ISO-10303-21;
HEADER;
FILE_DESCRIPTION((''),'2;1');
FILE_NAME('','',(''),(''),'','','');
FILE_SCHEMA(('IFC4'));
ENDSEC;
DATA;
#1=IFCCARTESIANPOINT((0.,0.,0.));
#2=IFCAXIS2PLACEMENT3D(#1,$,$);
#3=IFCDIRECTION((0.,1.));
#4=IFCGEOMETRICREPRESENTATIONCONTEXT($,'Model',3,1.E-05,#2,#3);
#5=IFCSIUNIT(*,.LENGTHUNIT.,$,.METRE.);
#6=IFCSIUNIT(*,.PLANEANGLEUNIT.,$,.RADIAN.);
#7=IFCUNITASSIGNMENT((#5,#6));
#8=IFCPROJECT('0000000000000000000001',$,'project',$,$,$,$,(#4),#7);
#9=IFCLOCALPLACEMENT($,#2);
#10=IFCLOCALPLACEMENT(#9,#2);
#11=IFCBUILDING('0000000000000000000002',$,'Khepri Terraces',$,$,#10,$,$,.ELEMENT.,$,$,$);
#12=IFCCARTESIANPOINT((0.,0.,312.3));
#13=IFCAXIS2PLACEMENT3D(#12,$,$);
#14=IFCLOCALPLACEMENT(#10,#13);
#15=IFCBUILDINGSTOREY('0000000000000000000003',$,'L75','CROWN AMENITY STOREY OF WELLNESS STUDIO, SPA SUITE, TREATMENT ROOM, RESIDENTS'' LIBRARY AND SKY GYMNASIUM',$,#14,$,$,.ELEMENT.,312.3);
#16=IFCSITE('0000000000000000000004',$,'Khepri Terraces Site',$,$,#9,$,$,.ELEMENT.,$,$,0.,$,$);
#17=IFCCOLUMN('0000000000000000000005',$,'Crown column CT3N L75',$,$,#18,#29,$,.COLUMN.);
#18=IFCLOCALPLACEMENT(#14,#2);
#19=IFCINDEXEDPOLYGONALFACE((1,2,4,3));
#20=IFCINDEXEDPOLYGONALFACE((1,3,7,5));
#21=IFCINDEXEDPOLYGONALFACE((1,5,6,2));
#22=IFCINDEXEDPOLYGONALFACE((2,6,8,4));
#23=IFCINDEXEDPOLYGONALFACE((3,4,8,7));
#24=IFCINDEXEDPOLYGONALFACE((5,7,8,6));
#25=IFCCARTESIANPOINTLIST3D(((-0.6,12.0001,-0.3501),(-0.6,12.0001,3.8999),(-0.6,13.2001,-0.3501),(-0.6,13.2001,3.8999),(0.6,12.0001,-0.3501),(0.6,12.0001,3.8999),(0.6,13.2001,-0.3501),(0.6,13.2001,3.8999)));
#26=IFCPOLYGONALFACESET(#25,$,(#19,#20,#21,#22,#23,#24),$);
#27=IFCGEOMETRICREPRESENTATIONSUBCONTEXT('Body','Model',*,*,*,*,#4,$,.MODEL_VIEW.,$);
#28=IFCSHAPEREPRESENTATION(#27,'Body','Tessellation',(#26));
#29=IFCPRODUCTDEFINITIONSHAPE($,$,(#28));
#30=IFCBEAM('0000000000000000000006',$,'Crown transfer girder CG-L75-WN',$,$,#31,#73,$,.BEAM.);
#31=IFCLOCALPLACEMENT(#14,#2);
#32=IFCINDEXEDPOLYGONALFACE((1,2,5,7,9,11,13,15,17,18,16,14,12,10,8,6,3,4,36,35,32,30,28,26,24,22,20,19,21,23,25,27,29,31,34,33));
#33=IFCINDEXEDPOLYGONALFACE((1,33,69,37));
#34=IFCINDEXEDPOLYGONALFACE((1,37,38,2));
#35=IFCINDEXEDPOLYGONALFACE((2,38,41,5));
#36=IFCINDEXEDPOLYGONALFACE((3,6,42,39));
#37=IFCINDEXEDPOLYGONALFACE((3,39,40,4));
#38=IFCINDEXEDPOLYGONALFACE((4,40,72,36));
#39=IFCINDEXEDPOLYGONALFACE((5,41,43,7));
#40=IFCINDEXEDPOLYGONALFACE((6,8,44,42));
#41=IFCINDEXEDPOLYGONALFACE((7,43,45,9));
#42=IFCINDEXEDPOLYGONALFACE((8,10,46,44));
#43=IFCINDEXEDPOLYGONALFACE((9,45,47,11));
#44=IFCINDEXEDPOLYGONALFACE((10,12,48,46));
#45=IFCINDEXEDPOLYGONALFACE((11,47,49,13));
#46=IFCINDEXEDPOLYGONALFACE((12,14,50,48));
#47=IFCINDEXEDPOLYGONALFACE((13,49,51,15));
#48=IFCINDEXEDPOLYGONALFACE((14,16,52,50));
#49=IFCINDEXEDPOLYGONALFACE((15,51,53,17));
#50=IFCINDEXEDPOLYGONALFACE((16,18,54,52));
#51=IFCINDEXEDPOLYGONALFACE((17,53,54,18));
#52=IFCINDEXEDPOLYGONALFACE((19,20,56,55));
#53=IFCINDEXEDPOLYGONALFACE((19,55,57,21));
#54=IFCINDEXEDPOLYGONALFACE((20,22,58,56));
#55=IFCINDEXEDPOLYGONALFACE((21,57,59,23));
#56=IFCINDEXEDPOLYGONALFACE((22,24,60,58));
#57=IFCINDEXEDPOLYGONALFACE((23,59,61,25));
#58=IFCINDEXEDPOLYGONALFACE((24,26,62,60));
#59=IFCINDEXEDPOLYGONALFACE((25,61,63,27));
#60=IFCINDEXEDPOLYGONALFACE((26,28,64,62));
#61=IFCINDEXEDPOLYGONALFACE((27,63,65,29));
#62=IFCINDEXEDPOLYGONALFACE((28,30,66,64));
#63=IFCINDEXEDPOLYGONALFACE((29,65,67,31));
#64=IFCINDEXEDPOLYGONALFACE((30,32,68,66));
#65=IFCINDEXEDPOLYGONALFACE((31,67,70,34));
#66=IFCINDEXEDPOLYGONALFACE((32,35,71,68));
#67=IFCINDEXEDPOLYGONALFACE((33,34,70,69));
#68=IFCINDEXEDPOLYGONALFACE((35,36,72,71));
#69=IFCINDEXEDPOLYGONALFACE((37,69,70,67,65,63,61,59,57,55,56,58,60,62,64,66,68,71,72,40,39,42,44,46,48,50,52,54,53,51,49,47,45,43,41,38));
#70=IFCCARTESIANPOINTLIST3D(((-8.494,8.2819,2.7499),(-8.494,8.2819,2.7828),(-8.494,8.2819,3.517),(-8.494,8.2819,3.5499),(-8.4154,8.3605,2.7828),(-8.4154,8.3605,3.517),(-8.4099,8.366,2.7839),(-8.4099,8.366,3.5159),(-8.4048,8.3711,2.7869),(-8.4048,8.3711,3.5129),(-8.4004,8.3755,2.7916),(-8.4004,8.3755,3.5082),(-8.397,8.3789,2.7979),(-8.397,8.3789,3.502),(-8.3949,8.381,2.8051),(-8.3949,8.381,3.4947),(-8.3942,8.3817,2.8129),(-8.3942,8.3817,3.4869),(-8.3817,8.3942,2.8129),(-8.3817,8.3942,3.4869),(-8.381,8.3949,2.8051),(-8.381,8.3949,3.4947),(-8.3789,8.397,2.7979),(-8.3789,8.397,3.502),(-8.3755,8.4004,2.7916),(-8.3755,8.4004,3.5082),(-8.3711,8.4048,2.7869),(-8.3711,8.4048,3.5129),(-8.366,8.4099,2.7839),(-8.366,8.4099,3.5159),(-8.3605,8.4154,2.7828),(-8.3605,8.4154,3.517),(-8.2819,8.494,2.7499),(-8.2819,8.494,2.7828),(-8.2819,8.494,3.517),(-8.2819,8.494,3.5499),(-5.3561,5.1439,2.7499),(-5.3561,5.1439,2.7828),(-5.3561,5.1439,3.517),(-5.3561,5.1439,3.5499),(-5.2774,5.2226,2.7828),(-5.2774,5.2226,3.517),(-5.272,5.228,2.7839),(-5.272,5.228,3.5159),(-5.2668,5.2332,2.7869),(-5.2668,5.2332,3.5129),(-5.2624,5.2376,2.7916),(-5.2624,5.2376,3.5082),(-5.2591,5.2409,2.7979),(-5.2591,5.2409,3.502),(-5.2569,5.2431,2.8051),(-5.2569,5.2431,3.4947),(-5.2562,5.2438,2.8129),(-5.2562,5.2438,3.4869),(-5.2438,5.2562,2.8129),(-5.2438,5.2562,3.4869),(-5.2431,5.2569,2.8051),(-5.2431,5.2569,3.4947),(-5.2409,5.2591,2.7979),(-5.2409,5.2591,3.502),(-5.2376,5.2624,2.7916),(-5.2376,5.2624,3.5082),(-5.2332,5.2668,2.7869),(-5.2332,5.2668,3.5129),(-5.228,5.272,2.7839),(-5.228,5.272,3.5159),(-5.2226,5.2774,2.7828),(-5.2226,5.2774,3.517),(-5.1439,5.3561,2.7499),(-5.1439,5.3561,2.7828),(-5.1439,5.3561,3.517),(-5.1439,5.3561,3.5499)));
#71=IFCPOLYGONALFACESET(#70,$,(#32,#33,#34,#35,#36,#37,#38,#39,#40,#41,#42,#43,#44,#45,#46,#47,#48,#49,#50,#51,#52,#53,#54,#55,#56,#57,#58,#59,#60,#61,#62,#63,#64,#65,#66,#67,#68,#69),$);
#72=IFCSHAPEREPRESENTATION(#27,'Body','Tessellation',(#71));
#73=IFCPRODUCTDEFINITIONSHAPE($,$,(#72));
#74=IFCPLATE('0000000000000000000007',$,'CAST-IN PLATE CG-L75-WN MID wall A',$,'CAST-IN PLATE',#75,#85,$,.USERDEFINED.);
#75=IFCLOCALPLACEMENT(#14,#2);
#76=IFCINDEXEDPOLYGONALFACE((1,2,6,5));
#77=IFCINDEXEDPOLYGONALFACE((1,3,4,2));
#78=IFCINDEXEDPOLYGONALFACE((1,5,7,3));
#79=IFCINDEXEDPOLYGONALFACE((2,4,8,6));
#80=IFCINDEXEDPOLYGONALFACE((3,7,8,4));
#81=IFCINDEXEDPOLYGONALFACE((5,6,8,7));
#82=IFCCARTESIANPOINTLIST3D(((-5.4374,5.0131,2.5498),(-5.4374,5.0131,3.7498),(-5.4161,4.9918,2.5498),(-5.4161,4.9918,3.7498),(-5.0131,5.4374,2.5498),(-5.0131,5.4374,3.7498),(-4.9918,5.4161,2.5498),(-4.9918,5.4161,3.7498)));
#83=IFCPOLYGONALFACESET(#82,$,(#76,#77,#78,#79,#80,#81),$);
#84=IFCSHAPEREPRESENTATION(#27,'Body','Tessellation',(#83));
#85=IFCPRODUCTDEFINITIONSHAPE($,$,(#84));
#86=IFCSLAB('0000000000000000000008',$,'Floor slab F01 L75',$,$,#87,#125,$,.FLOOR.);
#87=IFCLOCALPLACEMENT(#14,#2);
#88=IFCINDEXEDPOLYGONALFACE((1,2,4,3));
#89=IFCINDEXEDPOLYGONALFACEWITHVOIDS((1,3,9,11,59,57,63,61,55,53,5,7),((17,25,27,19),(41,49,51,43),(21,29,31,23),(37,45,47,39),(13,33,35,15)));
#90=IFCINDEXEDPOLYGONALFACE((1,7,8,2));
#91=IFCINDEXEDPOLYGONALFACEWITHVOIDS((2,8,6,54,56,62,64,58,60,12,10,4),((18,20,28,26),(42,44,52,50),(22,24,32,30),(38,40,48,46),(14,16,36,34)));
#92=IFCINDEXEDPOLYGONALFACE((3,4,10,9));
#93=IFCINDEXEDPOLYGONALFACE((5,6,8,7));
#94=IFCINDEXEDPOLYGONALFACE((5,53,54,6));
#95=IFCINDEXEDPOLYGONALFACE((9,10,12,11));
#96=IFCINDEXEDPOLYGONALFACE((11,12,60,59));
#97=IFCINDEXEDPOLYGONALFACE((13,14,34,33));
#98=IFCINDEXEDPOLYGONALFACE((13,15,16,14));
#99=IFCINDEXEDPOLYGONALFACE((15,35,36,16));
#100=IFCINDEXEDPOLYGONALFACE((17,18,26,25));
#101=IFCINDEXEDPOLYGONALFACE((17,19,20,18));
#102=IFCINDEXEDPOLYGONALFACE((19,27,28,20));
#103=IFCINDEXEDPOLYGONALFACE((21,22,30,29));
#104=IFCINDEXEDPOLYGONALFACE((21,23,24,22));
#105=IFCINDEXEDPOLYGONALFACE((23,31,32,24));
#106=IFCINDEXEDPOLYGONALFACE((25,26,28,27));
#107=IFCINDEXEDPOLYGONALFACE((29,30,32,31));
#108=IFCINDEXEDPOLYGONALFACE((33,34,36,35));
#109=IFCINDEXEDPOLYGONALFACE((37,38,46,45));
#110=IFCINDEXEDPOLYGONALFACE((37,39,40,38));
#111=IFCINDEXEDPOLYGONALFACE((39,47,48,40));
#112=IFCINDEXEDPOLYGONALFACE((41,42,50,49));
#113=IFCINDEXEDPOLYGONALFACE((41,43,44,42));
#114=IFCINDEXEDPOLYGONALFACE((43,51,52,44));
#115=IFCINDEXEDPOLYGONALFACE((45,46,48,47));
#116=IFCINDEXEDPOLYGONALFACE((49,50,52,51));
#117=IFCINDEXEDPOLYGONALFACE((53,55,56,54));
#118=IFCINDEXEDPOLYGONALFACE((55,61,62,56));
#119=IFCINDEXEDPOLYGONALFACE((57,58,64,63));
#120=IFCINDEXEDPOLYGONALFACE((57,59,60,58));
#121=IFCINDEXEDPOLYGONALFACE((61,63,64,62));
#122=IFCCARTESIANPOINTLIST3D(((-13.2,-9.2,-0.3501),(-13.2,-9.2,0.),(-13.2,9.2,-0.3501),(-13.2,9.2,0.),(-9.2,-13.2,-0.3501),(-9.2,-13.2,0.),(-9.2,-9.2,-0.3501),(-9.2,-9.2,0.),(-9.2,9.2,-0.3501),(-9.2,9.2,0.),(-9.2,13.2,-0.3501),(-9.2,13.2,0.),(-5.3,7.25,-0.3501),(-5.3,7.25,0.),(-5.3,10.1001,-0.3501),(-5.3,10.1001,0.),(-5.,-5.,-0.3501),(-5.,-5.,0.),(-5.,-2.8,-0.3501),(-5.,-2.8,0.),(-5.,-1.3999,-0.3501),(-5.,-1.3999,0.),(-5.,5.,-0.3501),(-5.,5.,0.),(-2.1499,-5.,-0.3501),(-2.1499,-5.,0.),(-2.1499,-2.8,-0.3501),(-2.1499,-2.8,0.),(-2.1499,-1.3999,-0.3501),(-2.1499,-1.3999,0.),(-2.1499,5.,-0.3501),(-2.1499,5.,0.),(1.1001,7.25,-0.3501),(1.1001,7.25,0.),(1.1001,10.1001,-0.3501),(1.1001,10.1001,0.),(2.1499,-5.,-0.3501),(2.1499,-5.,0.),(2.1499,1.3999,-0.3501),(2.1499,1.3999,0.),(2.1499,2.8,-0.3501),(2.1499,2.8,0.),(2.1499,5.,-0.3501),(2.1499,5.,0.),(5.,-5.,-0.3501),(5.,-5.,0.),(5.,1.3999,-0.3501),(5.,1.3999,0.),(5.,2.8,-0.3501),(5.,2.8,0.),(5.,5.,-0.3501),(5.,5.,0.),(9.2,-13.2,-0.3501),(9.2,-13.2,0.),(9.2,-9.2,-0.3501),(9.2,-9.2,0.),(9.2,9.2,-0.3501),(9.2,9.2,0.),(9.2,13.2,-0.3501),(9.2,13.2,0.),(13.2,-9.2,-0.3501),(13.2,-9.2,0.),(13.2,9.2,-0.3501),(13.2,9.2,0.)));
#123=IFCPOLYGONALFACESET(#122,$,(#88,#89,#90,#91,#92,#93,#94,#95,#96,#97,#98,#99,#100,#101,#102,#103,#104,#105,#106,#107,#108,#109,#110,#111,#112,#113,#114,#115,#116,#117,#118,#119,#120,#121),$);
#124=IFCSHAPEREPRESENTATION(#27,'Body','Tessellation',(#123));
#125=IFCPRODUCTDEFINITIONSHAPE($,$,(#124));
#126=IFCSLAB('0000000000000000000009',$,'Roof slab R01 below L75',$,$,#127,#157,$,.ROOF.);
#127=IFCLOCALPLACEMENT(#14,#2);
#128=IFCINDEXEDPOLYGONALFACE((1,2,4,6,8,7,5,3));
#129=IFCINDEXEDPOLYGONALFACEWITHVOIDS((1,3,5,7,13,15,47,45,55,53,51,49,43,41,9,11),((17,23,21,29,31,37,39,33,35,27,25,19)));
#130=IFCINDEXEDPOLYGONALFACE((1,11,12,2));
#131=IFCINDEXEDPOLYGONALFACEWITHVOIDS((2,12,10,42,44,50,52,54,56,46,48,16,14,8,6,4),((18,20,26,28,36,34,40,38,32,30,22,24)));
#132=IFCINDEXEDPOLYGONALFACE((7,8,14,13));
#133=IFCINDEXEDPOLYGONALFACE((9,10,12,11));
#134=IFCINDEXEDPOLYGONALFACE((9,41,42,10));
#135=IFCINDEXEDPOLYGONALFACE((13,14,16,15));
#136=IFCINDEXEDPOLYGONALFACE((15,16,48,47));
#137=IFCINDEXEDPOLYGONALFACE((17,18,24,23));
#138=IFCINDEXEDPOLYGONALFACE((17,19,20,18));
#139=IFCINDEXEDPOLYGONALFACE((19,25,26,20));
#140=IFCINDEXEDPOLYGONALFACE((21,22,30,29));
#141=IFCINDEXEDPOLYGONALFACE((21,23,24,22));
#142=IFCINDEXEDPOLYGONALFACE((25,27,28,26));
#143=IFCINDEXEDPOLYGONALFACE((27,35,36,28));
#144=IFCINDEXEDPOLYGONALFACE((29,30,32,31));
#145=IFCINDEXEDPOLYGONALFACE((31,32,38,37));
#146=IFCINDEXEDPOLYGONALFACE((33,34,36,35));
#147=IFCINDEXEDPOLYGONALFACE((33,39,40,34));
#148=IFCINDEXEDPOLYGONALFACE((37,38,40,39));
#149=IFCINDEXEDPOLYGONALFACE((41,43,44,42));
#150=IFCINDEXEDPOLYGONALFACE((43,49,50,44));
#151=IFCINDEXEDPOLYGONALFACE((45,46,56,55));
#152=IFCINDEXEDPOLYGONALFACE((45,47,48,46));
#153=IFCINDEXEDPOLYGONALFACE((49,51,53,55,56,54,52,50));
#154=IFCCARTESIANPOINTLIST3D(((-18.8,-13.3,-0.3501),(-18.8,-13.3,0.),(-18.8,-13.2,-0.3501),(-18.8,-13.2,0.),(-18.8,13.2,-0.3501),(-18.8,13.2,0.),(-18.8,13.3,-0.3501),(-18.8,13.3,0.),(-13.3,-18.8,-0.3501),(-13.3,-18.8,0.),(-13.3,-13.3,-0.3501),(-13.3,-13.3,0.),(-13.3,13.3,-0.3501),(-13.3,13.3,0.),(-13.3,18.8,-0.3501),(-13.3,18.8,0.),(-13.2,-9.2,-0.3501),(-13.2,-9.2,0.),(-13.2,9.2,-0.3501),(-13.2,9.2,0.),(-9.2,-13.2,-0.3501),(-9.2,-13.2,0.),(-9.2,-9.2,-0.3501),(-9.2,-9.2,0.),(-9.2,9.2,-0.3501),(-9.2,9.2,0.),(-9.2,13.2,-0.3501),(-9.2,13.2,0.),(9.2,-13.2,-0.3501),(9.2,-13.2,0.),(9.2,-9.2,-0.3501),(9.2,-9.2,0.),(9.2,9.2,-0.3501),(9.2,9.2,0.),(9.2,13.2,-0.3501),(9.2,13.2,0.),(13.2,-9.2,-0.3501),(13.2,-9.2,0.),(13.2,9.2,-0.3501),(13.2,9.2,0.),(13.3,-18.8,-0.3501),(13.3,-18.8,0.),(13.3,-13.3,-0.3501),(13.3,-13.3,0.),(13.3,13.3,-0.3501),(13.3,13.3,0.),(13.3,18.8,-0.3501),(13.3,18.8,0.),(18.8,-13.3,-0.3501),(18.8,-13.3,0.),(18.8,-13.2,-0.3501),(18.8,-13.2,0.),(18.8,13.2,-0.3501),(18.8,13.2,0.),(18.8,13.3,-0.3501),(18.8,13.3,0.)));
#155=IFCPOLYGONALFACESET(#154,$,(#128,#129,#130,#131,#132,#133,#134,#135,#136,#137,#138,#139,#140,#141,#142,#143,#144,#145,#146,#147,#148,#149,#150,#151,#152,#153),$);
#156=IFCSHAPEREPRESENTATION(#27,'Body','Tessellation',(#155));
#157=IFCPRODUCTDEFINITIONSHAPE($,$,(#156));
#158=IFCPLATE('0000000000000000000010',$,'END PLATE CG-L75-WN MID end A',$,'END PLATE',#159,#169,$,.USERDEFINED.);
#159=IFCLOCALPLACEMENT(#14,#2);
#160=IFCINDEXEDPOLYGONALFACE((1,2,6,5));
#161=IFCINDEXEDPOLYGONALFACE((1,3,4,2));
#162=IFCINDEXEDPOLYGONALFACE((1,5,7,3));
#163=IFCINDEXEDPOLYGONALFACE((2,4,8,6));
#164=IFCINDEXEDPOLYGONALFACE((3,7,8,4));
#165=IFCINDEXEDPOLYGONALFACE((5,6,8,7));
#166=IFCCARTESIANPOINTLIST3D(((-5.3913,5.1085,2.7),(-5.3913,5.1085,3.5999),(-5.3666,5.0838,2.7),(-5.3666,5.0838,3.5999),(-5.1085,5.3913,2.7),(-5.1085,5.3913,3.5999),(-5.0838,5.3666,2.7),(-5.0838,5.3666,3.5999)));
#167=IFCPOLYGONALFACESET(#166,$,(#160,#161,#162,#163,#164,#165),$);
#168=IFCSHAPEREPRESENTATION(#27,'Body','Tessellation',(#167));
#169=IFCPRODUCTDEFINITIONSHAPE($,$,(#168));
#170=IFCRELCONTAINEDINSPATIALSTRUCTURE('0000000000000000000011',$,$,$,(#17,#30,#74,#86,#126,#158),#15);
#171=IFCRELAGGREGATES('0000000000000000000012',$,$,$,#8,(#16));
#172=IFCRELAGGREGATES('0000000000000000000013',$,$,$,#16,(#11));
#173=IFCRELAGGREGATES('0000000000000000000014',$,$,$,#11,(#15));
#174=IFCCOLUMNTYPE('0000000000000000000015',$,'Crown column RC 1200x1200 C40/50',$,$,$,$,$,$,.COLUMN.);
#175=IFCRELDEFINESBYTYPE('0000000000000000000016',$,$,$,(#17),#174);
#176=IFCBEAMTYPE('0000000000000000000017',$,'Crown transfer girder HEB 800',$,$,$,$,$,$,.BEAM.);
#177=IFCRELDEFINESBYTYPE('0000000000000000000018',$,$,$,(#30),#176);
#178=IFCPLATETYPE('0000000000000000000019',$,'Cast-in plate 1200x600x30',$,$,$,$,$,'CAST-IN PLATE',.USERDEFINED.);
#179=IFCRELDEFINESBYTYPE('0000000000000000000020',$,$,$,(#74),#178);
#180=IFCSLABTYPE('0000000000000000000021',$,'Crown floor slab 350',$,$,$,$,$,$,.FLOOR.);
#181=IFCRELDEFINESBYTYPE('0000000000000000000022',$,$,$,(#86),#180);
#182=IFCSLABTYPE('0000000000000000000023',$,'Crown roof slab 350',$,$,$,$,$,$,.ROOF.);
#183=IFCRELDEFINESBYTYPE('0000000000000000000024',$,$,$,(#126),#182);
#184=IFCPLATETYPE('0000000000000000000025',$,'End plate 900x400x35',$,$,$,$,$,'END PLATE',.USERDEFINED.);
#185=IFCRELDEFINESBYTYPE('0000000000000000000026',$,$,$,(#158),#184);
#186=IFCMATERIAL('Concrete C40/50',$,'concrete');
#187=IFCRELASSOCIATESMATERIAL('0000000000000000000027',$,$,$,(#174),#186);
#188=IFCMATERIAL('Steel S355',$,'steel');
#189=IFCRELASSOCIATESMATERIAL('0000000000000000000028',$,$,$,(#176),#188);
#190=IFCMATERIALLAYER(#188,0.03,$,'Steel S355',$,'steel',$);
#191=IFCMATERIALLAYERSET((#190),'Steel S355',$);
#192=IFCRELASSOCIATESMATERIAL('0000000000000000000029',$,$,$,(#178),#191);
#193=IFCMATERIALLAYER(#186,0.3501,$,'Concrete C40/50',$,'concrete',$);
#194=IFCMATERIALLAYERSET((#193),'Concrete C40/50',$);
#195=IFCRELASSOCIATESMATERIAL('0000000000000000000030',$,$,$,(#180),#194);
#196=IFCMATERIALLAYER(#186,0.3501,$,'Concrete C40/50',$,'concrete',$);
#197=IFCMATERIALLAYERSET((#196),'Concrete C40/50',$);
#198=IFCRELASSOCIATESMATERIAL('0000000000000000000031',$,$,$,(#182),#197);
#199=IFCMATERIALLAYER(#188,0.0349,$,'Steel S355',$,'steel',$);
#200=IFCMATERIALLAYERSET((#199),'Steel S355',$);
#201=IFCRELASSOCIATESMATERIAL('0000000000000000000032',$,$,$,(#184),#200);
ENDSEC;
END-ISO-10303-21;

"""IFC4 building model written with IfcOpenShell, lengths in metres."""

from ifc_helpers import new_model, si_unit, direction, frame, origin, origin_2d, place, context, subcontext, project, spatial, polyline, rectangle, i_section, outline, extrude, material, layer, layer_set, material_profile, profile_set, type_object, element, save


model = new_model("IFC4")

# Units and contexts
model_context = context("Model", 3, precision=1e-05, world=origin(), true_north=direction((0.0, 1.0)))
body_context = subcontext(model_context, "Body", "Model", "MODEL_VIEW")
ifc_project = project(units=[si_unit("LENGTHUNIT", "METRE"), si_unit("PLANEANGLEUNIT", "RADIAN")], contexts=[model_context])

# Site, building, storey
site_placement = place(None, origin())
site = spatial("IfcSite", under=ifc_project, at=site_placement, Name="Khepri Terraces Site", CompositionType="ELEMENT", RefElevation=0.0)
building_placement = place(site_placement, origin())
building = spatial("IfcBuilding", under=site, at=building_placement, Name="Khepri Terraces", CompositionType="ELEMENT")
storey_placement = place(building_placement, frame((0.0, 0.0, 312.3)))
storey = spatial("IfcBuildingStorey", under=building, at=storey_placement, Name="L75", Description="CROWN AMENITY STOREY OF WELLNESS STUDIO, SPA SUITE, TREATMENT ROOM, RESIDENTS' LIBRARY AND SKY GYMNASIUM", CompositionType="ELEMENT", Elevation=312.3)

# Column
ifc_material_1 = material(Name="Concrete C40/50", Category="concrete")
ifc_material_profile_1 = material_profile(ifc_material_1, rectangle(XDim=1.2, YDim=1.2, at=origin_2d()), Name="Concrete C40/50", Category="concrete")
ifc_profile_set_1 = profile_set([ifc_material_profile_1], Name="Concrete C40/50")
column_type = type_object("IfcColumnType", Name="Crown column RC 1200x1200 C40/50", PredefinedType="COLUMN", material=ifc_profile_set_1)
column_placement = place(storey_placement, frame((0.0, 12.6001, -0.3501), z_axis=(0.0, 0.0, 1.0), x_axis=(1.0, 0.0, 0.0)))
element("IfcColumn", 1, at=column_placement, inside=storey, type_object=column_type, Name="Crown column CT3N L75", PredefinedType="COLUMN", context=body_context, shape_type="SweptSolid", body=[
    extrude(rectangle(XDim=1.2, YDim=1.2, at=origin_2d()), origin(), (0.0, 0.0, 1.0), 4.25),
])

# Beam
ifc_material_2 = material(Name="Steel S355", Category="steel")
ifc_material_profile_2 = material_profile(ifc_material_2, i_section(OverallWidth=0.3, OverallDepth=0.8, WebThickness=0.0176, FlangeThickness=0.033, FilletRadius=0.03, at=origin_2d()), Name="Steel S355", Category="steel")
ifc_profile_set_2 = profile_set([ifc_material_profile_2], Name="Steel S355")
beam_type = type_object("IfcBeamType", Name="Crown transfer girder HEB 800", PredefinedType="BEAM", material=ifc_profile_set_2)
beam_placement = place(storey_placement, frame((-5.25, 5.25, 3.1499), z_axis=(-0.707107, 0.707107, 0.0), x_axis=(-0.707107, -0.707107, 0.0)))
element("IfcBeam", 2, at=beam_placement, inside=storey, type_object=beam_type, Name="Crown transfer girder CG-L75-WN", PredefinedType="BEAM", context=body_context, shape_type="SweptSolid", body=[
    extrude(i_section(OverallWidth=0.3, OverallDepth=0.8, WebThickness=0.0176, FlangeThickness=0.033, FilletRadius=0.03, at=origin_2d()), origin(), (0.0, 0.0, 1.0), 4.4377),
])

# Plate
ifc_layer_1 = layer(ifc_material_2, 0.03, Name="Steel S355", Category="steel")
ifc_layer_set_1 = layer_set([ifc_layer_1], Name="Steel S355")
plate_type_1 = type_object("IfcPlateType", Name="Cast-in plate 1200x600x30", ElementType="CAST-IN PLATE", PredefinedType="USERDEFINED", material=ifc_layer_set_1)
plate_1_placement = place(storey_placement, frame((-5.2146, 5.2146, 2.5498), z_axis=(0.0, 0.0, 1.0), x_axis=(-0.707107, 0.707107, 0.0)))
element("IfcPlate", 3, at=plate_1_placement, inside=storey, type_object=plate_type_1, Name="CAST-IN PLATE CG-L75-WN MID wall A", ObjectType="CAST-IN PLATE", PredefinedType="USERDEFINED", context=body_context, shape_type="SweptSolid", body=[
    extrude(rectangle(XDim=0.03, YDim=0.6001, at=origin_2d()), origin(), (0.0, 0.0, 1.0), 1.2),
])

# Slabs
ifc_layer_2 = layer(ifc_material_1, 0.3501, Name="Concrete C40/50", Category="concrete")
ifc_layer_set_2 = layer_set([ifc_layer_2], Name="Concrete C40/50")
slab_type_1 = type_object("IfcSlabType", Name="Crown floor slab 350", PredefinedType="FLOOR", material=ifc_layer_set_2)
slab_1_placement = place(storey_placement, frame((0.0, 0.0, -0.3501)))
element("IfcSlab", 4, at=slab_1_placement, inside=storey, type_object=slab_type_1, Name="Floor slab F01 L75", PredefinedType="FLOOR", context=body_context, shape_type="SweptSolid", body=[
    extrude(outline(polyline([(-13.2, -9.2), (-13.2, 9.2), (-9.2, 9.2), (-9.2, 13.2), (9.2, 13.2), (9.2, 9.2), (13.2, 9.2), (13.2, -9.2), (9.2, -9.2), (9.2, -13.2), (-9.2, -13.2), (-9.2, -9.2), (-13.2, -9.2)]), holes=[polyline([(5.0, 5.0), (2.1499, 5.0), (2.1499, 2.8), (5.0, 2.8), (5.0, 5.0)]), polyline([(-2.1499, -5.0), (-2.1499, -2.8), (-5.0, -2.8), (-5.0, -5.0), (-2.1499, -5.0)]), polyline([(-5.0, -1.3999), (-2.1499, -1.3999), (-2.1499, 5.0), (-5.0, 5.0), (-5.0, -1.3999)]), polyline([(5.0, -5.0), (5.0, 1.3999), (2.1499, 1.3999), (2.1499, -5.0), (5.0, -5.0)]), polyline([(-5.3, 10.1001), (-5.3, 7.25), (1.1001, 7.25), (1.1001, 10.1001), (-5.3, 10.1001)])]), origin(), (0.0, 0.0, 1.0), 0.3501),
])
ifc_layer_3 = layer(ifc_material_1, 0.3501, Name="Concrete C40/50", Category="concrete")
ifc_layer_set_3 = layer_set([ifc_layer_3], Name="Concrete C40/50")
slab_type_2 = type_object("IfcSlabType", Name="Crown roof slab 350", PredefinedType="ROOF", material=ifc_layer_set_3)
slab_2_placement = place(storey_placement, frame((0.0, 0.0, -0.3501)))
element("IfcSlab", 5, at=slab_2_placement, inside=storey, type_object=slab_type_2, Name="Roof slab R01 below L75", PredefinedType="ROOF", context=body_context, shape_type="SweptSolid", body=[
    extrude(outline(polyline([(-18.8, -13.2), (-18.8, 13.2), (-18.8, 13.3), (-13.3, 13.3), (-13.3, 18.8), (13.3, 18.8), (13.3, 13.3), (18.8, 13.3), (18.8, 13.2), (18.8, -13.2), (18.8, -13.3), (13.3, -13.3), (13.3, -18.8), (-13.3, -18.8), (-13.3, -13.3), (-18.8, -13.3), (-18.8, -13.2)]), holes=[polyline([(-13.2, -9.2), (-9.2, -9.2), (-9.2, -13.2), (9.2, -13.2), (9.2, -9.2), (13.2, -9.2), (13.2, 9.2), (9.2, 9.2), (9.2, 13.2), (-9.2, 13.2), (-9.2, 9.2), (-13.2, 9.2), (-13.2, -9.2)])]), origin(), (0.0, 0.0, 1.0), 0.3501),
])

# Plate
ifc_layer_4 = layer(ifc_material_2, 0.0349, Name="Steel S355", Category="steel")
ifc_layer_set_4 = layer_set([ifc_layer_4], Name="Steel S355")
plate_type_2 = type_object("IfcPlateType", Name="End plate 900x400x35", ElementType="END PLATE", PredefinedType="USERDEFINED", material=ifc_layer_set_4)
plate_2_placement = place(storey_placement, frame((-5.2375, 5.2375, 2.7), z_axis=(0.0, 0.0, 1.0), x_axis=(-0.707107, 0.707107, 0.0)))
element("IfcPlate", 6, at=plate_2_placement, inside=storey, type_object=plate_type_2, Name="END PLATE CG-L75-WN MID end A", ObjectType="END PLATE", PredefinedType="USERDEFINED", context=body_context, shape_type="SweptSolid", body=[
    extrude(rectangle(XDim=0.0349, YDim=0.3999, at=origin_2d()), origin(), (0.0, 0.0, 1.0), 0.8999),
])

save(model, "model.ifc")
